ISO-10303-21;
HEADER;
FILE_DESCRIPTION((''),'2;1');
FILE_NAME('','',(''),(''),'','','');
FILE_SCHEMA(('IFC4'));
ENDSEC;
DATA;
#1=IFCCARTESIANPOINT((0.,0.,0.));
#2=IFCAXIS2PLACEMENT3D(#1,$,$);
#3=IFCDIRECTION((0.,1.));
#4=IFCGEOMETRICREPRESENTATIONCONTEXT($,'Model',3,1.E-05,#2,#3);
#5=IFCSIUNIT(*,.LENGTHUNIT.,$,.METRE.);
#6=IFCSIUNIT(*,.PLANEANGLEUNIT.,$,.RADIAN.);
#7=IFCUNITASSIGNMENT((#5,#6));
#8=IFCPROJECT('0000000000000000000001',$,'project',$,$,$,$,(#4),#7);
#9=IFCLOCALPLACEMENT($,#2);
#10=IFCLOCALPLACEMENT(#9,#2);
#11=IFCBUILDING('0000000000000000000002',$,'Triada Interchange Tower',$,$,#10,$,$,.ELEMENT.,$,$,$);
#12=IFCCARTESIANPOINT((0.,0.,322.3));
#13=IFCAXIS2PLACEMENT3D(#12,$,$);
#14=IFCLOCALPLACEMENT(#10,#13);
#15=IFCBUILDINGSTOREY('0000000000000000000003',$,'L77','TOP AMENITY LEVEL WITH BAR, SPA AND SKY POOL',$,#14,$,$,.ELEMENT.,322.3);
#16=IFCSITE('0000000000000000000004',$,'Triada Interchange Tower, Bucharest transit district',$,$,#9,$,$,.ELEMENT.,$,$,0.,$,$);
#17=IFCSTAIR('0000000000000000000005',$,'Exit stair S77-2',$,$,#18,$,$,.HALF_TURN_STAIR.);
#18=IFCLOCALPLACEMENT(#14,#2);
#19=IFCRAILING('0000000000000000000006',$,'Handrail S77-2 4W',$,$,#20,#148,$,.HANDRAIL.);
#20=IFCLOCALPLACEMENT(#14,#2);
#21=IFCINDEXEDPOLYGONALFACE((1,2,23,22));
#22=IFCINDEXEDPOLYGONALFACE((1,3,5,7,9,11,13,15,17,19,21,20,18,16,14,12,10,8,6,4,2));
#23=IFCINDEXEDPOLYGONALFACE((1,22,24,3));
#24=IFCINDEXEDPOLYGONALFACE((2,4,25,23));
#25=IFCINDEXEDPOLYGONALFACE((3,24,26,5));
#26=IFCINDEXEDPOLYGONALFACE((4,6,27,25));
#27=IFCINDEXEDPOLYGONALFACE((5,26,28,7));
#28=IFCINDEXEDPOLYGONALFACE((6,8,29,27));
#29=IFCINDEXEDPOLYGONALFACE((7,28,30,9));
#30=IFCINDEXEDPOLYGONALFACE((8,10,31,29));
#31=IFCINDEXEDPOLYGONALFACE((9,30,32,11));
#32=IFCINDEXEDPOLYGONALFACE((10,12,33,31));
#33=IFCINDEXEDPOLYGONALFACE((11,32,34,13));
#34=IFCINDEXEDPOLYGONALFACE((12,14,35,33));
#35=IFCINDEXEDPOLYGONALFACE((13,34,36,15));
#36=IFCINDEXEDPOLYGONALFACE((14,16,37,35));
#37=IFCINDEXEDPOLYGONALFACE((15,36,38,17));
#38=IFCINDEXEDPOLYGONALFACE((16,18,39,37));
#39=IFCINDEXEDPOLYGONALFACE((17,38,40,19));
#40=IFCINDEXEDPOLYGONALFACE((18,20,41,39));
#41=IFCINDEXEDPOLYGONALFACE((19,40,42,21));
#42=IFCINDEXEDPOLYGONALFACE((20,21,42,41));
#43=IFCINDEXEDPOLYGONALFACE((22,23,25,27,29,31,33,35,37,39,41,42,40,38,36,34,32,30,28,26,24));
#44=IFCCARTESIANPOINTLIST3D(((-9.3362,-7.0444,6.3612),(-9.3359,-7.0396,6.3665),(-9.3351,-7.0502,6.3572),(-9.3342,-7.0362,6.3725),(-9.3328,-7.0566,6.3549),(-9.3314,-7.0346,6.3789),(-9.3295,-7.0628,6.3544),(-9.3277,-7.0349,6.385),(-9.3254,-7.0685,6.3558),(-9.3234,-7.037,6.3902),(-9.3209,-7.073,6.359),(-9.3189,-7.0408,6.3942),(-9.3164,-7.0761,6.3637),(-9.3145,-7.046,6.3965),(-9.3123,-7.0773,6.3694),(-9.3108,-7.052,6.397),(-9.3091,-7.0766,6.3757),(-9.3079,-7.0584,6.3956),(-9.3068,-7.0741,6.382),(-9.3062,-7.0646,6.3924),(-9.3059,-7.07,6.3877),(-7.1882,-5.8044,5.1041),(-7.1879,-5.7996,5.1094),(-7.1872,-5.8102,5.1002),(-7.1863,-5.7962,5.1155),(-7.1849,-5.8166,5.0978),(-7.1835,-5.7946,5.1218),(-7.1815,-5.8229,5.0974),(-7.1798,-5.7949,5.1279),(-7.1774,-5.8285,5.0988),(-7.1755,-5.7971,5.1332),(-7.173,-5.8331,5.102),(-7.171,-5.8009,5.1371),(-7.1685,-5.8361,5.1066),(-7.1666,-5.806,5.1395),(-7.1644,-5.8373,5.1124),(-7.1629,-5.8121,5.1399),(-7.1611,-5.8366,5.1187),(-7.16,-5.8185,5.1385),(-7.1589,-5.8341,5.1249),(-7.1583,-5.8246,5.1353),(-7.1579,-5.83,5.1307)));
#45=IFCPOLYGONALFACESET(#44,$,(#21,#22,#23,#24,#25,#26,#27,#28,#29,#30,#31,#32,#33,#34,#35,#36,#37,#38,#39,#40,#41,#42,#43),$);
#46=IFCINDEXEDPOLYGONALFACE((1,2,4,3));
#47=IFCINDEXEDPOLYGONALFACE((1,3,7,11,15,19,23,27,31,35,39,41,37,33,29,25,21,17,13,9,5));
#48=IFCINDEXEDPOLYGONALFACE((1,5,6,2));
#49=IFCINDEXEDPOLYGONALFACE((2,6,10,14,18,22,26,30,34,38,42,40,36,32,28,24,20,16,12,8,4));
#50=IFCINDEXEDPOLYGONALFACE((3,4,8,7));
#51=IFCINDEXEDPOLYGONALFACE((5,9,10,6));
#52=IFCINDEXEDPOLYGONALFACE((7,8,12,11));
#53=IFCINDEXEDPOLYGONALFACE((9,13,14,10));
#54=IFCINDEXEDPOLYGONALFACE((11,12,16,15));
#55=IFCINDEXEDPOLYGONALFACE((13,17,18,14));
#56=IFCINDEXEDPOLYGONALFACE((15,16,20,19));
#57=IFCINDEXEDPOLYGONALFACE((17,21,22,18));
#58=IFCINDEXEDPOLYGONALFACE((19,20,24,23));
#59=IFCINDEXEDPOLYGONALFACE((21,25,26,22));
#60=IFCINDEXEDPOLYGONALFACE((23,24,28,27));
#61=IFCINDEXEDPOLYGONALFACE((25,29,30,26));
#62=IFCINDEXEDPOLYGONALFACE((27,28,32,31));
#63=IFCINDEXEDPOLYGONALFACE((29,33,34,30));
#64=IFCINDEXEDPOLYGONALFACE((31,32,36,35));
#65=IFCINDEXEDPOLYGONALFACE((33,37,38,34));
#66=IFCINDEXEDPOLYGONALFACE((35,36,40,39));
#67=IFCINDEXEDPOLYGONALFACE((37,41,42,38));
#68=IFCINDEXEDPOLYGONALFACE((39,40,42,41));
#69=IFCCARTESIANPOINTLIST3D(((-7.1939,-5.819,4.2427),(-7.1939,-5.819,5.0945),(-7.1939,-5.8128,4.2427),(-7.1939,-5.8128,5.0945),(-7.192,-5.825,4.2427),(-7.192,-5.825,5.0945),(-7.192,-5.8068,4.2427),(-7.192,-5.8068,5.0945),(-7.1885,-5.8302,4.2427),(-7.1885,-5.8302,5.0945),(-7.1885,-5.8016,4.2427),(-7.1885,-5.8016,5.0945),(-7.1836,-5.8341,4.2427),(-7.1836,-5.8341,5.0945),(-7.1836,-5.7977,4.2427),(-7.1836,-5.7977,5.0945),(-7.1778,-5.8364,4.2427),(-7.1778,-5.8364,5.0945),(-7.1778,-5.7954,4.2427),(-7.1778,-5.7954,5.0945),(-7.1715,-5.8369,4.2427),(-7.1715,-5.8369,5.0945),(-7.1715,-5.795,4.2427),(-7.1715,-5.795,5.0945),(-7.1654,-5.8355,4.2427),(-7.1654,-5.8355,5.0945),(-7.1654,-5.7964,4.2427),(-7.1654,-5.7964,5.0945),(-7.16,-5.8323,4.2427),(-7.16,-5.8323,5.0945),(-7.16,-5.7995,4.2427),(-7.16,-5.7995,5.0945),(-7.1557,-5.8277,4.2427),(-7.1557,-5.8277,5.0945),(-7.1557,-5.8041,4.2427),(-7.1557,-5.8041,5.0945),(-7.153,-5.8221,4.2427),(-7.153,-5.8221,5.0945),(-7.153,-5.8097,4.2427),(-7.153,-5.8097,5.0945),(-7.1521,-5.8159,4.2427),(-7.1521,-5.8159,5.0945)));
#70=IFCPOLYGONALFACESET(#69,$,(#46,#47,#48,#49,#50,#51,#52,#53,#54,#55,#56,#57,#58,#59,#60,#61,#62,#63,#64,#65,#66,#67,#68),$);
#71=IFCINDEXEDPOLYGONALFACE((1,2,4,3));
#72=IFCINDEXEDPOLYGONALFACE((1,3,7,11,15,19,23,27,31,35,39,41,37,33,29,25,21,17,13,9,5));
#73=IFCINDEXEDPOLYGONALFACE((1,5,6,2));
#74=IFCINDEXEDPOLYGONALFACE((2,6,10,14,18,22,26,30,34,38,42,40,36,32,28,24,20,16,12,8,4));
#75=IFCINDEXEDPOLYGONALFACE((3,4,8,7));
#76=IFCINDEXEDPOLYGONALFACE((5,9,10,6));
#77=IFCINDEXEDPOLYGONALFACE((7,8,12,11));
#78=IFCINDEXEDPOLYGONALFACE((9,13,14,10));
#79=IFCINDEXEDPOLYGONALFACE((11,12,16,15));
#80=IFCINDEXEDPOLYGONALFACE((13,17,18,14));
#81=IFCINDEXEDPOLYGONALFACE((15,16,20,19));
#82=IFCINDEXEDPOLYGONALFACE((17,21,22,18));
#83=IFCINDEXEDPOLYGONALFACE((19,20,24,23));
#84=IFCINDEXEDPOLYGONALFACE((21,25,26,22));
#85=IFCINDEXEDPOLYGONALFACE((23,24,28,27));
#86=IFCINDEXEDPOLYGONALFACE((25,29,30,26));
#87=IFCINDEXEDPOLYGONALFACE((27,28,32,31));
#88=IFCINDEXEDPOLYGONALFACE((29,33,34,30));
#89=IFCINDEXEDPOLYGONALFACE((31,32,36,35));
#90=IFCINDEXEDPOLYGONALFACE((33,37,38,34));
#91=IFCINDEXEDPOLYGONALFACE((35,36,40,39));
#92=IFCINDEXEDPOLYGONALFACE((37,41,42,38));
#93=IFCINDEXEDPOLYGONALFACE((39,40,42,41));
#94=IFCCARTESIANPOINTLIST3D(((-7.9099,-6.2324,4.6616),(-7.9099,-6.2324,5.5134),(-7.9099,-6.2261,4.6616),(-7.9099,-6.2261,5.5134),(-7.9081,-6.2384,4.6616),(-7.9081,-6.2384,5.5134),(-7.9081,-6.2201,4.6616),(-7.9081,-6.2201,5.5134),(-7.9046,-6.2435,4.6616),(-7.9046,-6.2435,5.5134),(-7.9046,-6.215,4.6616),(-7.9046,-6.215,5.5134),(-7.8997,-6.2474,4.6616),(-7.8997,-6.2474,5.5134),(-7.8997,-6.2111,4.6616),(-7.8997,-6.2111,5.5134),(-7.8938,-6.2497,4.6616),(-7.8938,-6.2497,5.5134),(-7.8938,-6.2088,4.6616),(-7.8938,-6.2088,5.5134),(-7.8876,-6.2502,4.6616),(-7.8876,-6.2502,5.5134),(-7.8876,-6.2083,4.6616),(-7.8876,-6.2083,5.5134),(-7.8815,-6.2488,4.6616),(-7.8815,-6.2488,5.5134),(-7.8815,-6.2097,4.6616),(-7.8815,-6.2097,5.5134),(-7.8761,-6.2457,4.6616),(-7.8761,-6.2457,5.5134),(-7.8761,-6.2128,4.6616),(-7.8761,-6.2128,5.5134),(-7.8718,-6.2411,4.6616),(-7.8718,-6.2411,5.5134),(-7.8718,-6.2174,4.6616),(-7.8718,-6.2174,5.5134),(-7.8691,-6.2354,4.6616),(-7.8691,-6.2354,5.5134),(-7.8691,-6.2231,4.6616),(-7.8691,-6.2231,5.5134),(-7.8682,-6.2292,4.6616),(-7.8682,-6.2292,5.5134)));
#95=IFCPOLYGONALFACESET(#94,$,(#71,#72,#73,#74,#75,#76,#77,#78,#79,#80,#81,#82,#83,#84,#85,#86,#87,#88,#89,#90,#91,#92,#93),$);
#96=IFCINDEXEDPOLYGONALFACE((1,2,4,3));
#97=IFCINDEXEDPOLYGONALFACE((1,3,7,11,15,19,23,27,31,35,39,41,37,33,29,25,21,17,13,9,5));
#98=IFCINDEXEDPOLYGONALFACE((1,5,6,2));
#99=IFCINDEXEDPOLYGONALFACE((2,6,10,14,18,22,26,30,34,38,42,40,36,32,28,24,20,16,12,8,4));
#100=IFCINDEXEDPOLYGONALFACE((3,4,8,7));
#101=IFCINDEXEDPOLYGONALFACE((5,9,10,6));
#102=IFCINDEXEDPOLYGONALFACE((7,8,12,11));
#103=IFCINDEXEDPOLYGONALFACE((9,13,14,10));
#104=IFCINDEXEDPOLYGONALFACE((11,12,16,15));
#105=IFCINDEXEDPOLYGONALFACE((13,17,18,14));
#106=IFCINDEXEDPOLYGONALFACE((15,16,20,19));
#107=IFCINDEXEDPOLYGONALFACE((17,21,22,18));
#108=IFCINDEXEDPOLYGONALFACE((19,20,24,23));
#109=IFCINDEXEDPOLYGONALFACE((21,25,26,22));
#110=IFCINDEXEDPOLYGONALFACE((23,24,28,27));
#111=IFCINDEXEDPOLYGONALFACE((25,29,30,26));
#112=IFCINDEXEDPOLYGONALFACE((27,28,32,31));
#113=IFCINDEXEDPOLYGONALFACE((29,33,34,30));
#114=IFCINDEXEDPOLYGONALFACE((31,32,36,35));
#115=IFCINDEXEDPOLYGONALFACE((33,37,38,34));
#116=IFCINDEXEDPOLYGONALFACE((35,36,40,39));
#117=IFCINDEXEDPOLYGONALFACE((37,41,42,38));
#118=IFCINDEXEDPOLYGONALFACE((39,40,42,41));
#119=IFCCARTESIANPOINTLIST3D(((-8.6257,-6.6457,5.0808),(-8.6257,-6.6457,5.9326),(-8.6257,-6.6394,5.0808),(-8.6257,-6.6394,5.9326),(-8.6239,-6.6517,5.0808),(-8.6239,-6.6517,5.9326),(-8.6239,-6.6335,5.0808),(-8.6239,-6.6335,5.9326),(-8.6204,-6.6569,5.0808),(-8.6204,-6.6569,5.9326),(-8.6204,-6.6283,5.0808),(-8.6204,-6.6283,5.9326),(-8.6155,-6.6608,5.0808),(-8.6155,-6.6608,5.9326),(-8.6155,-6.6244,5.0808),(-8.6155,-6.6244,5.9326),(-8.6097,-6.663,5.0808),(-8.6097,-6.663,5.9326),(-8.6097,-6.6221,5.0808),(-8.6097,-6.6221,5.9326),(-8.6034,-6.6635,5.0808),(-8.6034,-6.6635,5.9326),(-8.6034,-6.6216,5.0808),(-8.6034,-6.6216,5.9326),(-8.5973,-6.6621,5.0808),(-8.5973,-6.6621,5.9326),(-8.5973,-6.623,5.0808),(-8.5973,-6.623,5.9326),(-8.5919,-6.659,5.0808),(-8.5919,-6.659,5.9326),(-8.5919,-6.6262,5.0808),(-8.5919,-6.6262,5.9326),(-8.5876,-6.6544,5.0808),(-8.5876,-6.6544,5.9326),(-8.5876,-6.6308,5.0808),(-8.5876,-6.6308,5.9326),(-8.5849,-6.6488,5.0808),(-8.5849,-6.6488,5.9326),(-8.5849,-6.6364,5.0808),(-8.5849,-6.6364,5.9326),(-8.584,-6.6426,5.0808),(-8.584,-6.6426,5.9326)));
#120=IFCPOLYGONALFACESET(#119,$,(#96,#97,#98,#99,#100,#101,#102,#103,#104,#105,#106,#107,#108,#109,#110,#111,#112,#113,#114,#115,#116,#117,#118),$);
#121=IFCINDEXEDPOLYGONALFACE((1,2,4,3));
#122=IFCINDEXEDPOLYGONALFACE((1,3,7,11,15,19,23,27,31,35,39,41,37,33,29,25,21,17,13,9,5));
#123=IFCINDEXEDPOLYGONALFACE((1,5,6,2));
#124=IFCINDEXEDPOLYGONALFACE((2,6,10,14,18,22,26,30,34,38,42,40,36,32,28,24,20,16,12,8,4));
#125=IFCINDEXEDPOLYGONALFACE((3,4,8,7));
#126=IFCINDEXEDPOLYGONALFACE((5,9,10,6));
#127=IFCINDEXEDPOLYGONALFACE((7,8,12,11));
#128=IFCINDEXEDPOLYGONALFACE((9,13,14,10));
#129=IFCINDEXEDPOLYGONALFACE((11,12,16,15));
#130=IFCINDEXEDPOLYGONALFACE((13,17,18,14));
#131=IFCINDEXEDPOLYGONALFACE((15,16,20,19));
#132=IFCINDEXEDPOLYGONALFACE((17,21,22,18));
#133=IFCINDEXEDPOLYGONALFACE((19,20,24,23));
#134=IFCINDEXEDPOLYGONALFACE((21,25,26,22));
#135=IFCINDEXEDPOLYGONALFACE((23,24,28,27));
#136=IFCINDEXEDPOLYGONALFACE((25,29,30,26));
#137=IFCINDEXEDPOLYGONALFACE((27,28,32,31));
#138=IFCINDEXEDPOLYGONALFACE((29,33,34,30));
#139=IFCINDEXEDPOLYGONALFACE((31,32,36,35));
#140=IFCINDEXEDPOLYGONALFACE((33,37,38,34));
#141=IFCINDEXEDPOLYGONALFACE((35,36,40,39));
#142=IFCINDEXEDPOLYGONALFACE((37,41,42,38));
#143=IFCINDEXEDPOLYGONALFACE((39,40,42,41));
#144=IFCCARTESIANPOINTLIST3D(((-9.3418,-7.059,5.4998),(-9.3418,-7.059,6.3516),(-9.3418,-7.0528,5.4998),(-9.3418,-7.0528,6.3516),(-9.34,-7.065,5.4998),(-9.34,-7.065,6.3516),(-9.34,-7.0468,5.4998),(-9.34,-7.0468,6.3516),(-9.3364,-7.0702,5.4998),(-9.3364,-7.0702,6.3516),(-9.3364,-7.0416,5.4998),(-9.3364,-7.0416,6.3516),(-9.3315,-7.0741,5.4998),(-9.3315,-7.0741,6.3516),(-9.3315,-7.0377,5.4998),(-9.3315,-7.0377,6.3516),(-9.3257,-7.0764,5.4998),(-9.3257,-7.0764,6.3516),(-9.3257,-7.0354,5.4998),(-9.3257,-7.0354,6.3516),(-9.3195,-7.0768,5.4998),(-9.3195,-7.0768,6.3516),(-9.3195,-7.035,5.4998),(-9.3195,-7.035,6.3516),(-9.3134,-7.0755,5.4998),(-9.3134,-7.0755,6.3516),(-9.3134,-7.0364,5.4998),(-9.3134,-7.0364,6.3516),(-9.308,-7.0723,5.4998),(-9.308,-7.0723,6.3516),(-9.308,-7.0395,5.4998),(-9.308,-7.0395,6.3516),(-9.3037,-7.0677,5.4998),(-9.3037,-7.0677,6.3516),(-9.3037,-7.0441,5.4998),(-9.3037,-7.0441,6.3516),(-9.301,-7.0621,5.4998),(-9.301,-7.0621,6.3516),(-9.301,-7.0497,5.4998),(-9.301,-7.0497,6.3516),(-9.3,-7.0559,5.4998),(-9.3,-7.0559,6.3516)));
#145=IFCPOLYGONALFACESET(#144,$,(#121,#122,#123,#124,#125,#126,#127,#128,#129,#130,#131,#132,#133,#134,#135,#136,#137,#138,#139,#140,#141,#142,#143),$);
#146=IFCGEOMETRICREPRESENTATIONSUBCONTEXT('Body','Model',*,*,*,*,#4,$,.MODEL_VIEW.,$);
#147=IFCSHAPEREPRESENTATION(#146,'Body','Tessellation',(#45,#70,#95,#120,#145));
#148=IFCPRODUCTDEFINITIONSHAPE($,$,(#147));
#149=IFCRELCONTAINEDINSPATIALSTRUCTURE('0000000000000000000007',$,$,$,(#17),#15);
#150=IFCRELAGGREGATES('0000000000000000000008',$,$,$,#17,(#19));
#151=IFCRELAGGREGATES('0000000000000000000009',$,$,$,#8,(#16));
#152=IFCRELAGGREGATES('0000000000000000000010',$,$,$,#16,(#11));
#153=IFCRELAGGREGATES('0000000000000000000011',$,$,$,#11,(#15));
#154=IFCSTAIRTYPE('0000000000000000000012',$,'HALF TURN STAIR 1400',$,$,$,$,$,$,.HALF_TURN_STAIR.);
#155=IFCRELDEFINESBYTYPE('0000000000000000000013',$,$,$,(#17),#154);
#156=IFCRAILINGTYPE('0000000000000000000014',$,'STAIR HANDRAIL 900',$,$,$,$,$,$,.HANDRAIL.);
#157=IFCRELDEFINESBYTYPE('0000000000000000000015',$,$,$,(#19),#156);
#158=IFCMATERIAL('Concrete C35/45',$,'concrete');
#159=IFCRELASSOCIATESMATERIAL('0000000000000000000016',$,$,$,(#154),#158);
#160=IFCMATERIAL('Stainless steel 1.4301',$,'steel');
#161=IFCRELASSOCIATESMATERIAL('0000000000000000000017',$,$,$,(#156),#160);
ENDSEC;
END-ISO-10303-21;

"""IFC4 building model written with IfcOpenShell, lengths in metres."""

from ifc_helpers import new_model, si_unit, direction, frame, origin, origin_2d, place, context, subcontext, project, spatial, circle, extrude, material, type_object, element, aggregate, save


model = new_model("IFC4")

# Units and contexts
model_context = context("Model", 3, precision=1e-05, world=origin(), true_north=direction((0.0, 1.0)))
body_context = subcontext(model_context, "Body", "Model", "MODEL_VIEW")
ifc_project = project(units=[si_unit("LENGTHUNIT", "METRE"), si_unit("PLANEANGLEUNIT", "RADIAN")], contexts=[model_context])

# Site, building, storey
site_placement = place(None, origin())
site = spatial("IfcSite", under=ifc_project, at=site_placement, Name="Triada Interchange Tower, Bucharest transit district", CompositionType="ELEMENT", RefElevation=0.0)
building_placement = place(site_placement, origin())
building = spatial("IfcBuilding", under=site, at=building_placement, Name="Triada Interchange Tower", CompositionType="ELEMENT")
storey_placement = place(building_placement, frame((0.0, 0.0, 322.3)))
storey = spatial("IfcBuildingStorey", under=building, at=storey_placement, Name="L77", Description="TOP AMENITY LEVEL WITH BAR, SPA AND SKY POOL", CompositionType="ELEMENT", Elevation=322.3)

# Stair, railing
ifc_material_1 = material(Name="Concrete C35/45", Category="concrete")
stair_type = type_object("IfcStairType", Name="HALF TURN STAIR 1400", PredefinedType="HALF_TURN_STAIR", material=ifc_material_1)
stair_placement = place(storey_placement, origin())
stair = element("IfcStair", 1, at=stair_placement, inside=storey, type_object=stair_type, Name="Exit stair S77-2", PredefinedType="HALF_TURN_STAIR")
ifc_material_2 = material(Name="Stainless steel 1.4301", Category="steel")
railing_type = type_object("IfcRailingType", Name="STAIR HANDRAIL 900", PredefinedType="HANDRAIL", material=ifc_material_2)
railing_1_placement = place(storey_placement, frame((-7.1731, -5.8159, 4.2427)))
railing_1 = element("IfcRailing", 2, at=railing_1_placement, type_object=railing_type, Name="Handrail S77-2 4W", PredefinedType="HANDRAIL", context=body_context, shape_type="SweptSolid", body=[
    extrude(circle(Radius=0.0239, at=origin_2d()), frame((0.0, 0.0, 0.876), z_axis=(-0.772488, -0.44595, 0.452096), x_axis=(0.499961, -0.866048, 0.0)), (0.0, 0.0, 1.0), 2.7805),
    extrude(circle(Radius=0.021, at=origin_2d()), origin(), (0.0, 0.0, 1.0), 0.8518),
    extrude(circle(Radius=0.021, at=origin_2d()), frame((-0.7161, -0.4133, 0.4189)), (0.0, 0.0, 1.0), 0.8518),
    extrude(circle(Radius=0.021, at=origin_2d()), frame((-1.4319, -0.8267, 0.8381)), (0.0, 0.0, 1.0), 0.8518),
    extrude(circle(Radius=0.021, at=origin_2d()), frame((-2.1479, -1.24, 1.2571)), (0.0, 0.0, 1.0), 0.8518),
])
aggregate(stair, [railing_1])

save(model, "model.ifc")
